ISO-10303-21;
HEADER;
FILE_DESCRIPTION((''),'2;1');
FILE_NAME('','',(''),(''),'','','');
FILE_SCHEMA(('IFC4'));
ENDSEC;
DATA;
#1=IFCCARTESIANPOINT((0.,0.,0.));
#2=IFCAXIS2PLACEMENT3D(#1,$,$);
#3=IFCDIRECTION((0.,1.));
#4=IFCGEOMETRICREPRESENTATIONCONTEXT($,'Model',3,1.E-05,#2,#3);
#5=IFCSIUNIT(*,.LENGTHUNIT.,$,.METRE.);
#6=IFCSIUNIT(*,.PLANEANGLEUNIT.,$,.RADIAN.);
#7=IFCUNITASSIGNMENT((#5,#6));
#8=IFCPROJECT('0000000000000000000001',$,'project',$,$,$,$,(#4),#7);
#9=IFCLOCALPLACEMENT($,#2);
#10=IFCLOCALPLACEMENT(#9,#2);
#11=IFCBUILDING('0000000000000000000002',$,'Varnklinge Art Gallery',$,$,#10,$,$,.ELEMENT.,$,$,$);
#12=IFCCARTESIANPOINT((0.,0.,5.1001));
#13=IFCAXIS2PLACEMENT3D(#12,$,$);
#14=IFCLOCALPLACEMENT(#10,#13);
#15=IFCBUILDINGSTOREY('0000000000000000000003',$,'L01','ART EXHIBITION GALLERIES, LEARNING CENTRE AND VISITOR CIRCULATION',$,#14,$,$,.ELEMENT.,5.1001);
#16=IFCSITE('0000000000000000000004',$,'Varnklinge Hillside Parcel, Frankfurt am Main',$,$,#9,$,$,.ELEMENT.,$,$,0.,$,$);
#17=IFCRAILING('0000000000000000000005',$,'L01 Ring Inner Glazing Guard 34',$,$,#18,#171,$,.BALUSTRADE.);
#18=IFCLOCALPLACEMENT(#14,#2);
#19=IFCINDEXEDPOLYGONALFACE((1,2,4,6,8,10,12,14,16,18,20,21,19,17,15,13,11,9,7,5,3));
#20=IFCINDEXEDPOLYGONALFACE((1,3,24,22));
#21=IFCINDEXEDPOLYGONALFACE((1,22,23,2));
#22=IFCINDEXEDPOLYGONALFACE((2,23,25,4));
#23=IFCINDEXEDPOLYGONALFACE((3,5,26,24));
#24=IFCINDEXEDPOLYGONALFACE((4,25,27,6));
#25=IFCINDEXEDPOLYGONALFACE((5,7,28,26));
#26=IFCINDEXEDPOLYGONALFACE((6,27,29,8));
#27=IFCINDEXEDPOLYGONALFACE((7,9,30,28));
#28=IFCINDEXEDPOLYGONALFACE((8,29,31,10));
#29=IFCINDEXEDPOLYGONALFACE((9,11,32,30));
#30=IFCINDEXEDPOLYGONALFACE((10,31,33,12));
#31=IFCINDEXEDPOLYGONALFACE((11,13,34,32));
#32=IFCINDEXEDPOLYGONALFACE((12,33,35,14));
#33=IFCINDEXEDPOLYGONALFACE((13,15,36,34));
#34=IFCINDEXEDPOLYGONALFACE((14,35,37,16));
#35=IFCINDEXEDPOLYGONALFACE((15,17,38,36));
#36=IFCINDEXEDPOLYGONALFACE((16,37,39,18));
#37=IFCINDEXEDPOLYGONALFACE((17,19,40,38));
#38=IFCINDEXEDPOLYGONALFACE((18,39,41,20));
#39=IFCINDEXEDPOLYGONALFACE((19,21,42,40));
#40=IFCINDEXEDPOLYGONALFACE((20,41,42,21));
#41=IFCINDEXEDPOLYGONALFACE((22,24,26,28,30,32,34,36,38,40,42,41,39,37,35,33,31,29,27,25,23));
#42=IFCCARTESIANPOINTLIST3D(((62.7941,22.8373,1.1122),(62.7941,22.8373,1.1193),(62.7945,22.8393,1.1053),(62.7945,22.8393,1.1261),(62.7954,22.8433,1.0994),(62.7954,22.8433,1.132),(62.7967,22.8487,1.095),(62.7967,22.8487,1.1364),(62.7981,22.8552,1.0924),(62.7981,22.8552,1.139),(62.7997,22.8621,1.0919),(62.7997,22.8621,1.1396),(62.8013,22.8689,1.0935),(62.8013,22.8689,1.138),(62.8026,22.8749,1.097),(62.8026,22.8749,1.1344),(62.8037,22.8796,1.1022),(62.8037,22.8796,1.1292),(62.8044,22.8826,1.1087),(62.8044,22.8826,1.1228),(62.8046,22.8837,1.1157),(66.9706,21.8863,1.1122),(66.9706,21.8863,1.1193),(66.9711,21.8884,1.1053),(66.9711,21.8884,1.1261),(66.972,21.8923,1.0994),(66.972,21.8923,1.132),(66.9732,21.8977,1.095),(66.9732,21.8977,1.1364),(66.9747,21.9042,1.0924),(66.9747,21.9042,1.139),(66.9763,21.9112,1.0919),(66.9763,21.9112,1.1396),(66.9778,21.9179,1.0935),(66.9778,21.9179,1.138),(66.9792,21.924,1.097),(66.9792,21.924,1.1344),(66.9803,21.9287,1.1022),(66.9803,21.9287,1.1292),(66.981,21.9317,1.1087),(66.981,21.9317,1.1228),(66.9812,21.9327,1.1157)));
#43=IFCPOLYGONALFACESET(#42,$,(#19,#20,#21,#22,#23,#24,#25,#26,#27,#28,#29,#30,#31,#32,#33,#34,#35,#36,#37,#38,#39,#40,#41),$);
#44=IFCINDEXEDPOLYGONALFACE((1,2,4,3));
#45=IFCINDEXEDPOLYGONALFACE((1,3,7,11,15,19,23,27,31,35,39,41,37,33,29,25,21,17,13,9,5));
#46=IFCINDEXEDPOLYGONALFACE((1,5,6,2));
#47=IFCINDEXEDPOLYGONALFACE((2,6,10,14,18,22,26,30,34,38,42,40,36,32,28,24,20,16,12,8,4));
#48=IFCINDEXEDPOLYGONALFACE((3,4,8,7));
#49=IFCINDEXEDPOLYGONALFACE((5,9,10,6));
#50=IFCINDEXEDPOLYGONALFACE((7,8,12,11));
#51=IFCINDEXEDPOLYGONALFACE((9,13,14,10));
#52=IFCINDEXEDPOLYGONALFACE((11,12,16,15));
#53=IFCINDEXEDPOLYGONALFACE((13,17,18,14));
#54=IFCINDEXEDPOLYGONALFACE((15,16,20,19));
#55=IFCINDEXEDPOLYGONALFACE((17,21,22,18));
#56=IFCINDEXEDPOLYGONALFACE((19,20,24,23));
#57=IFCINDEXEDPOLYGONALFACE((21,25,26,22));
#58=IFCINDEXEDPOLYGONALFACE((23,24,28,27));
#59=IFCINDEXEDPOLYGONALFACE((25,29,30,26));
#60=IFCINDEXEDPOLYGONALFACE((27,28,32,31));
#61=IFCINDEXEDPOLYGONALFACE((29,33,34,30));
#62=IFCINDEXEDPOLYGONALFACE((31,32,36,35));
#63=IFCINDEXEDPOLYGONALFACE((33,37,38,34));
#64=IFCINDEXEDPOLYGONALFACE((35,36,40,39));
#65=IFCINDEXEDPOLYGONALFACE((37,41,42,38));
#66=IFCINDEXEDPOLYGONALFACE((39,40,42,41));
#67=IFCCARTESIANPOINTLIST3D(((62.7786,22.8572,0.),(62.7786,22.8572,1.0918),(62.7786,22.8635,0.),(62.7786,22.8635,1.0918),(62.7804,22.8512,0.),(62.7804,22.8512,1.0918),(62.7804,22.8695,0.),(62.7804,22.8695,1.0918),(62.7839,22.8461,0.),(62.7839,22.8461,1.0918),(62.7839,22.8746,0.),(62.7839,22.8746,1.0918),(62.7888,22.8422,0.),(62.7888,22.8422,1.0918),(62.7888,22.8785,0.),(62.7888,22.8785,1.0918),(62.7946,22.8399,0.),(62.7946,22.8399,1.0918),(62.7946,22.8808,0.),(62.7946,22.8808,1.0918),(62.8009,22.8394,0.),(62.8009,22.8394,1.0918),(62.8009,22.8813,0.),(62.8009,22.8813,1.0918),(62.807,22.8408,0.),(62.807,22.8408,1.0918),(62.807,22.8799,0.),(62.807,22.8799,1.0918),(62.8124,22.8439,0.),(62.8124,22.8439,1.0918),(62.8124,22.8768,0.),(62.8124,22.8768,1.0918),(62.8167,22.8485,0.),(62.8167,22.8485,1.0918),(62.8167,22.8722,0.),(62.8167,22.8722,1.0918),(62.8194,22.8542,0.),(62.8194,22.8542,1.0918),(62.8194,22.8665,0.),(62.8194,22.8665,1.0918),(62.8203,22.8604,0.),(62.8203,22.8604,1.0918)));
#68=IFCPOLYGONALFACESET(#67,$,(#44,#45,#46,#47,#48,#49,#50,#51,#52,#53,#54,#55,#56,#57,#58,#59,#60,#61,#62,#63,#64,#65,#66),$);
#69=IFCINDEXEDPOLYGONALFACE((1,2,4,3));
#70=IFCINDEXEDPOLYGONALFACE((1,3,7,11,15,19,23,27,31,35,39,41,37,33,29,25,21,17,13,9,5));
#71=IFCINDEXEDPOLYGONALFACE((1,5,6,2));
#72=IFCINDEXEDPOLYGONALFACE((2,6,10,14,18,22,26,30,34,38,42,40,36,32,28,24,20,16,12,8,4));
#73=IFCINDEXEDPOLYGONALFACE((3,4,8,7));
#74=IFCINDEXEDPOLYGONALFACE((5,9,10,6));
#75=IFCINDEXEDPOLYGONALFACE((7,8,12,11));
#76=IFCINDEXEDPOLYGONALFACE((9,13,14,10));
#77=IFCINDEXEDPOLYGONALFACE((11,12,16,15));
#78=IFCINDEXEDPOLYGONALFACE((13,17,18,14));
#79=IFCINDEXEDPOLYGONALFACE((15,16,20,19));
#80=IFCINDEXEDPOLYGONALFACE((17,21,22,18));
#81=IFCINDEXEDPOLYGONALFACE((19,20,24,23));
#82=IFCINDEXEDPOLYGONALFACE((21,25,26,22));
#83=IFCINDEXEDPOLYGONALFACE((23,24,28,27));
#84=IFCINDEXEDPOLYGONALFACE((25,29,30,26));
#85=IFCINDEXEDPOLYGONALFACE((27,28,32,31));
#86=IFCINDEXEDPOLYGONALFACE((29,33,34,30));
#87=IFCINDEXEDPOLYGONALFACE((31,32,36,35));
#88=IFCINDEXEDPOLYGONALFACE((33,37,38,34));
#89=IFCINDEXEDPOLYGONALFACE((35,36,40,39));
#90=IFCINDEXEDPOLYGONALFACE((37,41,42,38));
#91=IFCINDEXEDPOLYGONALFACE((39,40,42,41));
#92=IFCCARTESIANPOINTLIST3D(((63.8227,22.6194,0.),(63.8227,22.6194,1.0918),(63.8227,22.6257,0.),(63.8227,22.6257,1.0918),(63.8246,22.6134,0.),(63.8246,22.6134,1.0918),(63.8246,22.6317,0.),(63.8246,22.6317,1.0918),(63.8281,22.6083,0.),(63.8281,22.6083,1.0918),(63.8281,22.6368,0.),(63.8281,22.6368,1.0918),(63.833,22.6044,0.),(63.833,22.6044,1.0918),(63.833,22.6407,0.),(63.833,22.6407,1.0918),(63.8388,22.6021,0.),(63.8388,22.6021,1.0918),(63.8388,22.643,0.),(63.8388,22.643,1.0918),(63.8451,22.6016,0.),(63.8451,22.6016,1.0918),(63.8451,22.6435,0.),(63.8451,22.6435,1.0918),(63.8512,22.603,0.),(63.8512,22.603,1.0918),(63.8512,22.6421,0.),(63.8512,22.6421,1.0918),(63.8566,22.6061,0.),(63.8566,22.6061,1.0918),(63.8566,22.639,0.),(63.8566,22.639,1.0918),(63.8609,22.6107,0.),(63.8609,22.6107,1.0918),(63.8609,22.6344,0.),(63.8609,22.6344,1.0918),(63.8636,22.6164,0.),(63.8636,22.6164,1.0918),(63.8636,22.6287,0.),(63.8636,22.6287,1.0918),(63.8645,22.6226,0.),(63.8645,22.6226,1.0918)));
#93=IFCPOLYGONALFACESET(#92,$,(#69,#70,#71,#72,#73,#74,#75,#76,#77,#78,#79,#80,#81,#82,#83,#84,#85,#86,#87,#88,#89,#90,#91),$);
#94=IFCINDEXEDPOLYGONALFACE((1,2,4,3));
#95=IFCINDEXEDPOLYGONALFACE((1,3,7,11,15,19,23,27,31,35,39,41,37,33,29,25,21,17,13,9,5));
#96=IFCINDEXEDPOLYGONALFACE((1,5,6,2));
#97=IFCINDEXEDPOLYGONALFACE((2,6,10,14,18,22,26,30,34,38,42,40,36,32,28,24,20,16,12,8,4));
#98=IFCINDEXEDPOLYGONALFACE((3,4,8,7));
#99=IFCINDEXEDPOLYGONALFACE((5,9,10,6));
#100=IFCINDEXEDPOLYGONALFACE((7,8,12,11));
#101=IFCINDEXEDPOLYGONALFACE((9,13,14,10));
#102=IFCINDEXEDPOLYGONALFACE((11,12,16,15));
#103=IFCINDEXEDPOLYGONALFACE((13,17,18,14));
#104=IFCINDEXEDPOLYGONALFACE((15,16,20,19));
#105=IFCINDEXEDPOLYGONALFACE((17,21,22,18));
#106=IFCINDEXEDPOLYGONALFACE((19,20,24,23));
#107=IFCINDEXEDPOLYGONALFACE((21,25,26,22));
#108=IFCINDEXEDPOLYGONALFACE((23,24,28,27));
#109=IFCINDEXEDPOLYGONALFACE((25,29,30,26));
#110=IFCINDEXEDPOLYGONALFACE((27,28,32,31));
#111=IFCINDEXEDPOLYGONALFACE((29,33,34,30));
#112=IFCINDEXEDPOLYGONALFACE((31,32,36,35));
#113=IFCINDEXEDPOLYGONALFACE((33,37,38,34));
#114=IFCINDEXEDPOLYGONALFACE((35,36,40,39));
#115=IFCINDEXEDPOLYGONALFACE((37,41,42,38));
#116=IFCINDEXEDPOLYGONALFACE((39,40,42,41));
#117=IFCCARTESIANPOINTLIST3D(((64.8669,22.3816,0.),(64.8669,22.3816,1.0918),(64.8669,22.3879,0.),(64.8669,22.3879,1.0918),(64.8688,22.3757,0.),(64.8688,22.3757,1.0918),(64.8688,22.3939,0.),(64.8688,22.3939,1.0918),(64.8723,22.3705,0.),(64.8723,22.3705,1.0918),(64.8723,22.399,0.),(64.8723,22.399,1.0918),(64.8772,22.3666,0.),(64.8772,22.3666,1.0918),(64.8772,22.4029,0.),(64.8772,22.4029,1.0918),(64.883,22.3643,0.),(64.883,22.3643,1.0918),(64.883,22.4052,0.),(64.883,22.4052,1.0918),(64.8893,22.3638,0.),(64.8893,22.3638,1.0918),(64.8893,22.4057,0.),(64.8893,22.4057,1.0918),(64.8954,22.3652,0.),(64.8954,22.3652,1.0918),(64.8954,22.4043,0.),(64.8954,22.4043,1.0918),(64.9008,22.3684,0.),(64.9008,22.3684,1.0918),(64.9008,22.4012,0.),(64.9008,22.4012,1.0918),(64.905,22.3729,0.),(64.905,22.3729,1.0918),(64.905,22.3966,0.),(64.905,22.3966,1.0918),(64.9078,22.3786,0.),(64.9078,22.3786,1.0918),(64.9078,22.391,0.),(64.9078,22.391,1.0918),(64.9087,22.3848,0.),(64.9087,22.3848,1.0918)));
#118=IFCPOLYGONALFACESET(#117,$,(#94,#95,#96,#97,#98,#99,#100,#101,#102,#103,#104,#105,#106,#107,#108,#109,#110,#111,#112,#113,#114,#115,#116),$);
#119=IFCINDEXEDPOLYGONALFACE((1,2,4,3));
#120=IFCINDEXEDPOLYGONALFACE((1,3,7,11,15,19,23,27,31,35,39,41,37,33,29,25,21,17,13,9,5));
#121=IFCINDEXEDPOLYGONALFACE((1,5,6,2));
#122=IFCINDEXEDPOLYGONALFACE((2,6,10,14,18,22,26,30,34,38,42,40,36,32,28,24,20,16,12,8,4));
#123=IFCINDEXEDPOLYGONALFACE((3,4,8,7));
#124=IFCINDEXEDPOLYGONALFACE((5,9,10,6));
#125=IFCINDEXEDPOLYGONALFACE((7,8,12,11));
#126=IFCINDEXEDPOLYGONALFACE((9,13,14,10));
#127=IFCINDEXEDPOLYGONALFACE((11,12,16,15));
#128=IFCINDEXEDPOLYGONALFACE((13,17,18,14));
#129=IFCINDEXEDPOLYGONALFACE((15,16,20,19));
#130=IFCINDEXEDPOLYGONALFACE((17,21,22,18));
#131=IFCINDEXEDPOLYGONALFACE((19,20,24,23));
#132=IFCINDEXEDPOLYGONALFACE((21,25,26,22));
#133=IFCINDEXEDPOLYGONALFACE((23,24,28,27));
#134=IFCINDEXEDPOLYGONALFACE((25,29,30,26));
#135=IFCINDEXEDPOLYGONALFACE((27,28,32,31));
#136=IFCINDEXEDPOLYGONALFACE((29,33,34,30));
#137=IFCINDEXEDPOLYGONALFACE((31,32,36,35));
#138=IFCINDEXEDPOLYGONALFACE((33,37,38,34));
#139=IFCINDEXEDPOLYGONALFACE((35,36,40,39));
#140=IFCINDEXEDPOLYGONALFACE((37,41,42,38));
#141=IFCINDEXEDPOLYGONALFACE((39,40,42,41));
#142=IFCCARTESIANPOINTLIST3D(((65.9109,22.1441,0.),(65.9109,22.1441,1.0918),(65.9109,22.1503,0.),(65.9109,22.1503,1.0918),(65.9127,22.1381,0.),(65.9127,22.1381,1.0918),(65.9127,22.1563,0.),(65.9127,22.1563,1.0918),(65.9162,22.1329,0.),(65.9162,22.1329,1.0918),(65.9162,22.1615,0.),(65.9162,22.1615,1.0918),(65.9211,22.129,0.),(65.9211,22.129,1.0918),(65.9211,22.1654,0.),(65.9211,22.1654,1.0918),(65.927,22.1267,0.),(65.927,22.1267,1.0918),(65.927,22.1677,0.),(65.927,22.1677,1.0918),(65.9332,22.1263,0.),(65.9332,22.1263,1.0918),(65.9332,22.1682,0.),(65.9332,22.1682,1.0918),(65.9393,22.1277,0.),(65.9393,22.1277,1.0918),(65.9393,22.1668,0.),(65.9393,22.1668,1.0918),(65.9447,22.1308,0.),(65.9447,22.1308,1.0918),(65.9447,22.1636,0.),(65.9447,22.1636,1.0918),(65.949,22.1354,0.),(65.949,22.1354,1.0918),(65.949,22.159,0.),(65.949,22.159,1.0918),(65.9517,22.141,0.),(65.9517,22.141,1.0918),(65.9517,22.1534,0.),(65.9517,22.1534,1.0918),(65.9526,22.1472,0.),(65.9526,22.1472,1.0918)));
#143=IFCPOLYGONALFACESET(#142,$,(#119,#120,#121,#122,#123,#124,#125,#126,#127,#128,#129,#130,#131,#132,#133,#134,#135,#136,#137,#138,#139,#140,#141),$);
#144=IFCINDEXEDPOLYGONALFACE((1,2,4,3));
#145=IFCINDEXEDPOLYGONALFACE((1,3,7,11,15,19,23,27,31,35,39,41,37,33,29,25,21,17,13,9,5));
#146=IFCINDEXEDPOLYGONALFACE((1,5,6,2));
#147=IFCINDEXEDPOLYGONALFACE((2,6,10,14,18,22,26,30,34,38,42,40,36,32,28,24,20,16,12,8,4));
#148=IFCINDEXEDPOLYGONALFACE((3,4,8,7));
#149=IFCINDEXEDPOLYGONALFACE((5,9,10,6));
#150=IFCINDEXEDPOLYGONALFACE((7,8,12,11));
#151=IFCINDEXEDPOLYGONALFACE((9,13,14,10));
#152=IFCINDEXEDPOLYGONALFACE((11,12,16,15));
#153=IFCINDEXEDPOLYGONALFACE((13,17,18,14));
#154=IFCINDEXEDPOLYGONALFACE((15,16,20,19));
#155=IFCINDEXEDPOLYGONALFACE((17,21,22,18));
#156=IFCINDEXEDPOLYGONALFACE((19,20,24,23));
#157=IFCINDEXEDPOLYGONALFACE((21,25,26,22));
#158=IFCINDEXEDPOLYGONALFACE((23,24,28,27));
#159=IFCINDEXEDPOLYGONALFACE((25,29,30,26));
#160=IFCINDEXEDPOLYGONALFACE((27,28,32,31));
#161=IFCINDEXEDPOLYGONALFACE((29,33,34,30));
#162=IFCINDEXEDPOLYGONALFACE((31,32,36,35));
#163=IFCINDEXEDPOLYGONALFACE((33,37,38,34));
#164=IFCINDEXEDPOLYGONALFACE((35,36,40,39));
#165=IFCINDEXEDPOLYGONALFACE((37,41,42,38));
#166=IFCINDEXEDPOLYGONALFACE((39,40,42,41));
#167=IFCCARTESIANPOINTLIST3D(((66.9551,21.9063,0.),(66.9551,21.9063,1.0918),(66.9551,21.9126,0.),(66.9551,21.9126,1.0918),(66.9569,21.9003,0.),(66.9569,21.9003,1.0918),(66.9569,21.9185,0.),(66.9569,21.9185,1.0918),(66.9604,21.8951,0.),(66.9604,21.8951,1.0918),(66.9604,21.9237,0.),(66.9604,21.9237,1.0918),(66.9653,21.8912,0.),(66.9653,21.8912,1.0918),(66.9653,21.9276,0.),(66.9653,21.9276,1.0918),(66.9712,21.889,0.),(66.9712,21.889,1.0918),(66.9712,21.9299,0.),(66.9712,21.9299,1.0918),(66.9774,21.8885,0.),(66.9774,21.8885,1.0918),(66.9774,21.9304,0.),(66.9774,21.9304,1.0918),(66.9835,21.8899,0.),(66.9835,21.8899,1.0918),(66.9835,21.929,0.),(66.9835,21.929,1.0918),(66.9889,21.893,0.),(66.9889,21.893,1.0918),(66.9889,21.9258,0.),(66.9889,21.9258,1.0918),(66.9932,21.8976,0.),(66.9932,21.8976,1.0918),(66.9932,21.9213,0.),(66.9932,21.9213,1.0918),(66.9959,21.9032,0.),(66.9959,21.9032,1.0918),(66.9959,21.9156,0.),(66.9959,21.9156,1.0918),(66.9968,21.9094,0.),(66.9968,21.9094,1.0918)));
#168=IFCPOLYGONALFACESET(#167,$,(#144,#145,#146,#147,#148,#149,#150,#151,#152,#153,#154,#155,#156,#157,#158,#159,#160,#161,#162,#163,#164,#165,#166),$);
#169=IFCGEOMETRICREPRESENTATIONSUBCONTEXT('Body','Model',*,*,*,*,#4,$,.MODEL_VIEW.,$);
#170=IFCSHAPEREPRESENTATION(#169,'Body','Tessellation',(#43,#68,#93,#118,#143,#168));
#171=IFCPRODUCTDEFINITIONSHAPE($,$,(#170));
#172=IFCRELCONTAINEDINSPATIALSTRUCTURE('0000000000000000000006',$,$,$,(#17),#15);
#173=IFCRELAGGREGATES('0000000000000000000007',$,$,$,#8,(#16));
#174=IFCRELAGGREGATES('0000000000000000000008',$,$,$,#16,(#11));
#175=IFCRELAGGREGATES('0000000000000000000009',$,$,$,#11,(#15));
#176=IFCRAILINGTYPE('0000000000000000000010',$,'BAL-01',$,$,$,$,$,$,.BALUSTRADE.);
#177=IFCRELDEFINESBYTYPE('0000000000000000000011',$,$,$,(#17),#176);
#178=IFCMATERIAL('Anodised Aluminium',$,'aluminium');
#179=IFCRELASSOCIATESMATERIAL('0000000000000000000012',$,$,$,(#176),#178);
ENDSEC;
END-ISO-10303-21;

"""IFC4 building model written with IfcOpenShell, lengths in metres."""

from ifc_helpers import new_model, si_unit, direction, frame, origin, origin_2d, place, context, subcontext, project, spatial, circle, extrude, material, type_object, element, save


model = new_model("IFC4")

# Units and contexts
model_context = context("Model", 3, precision=1e-05, world=origin(), true_north=direction((0.0, 1.0)))
body_context = subcontext(model_context, "Body", "Model", "MODEL_VIEW")
ifc_project = project(units=[si_unit("LENGTHUNIT", "METRE"), si_unit("PLANEANGLEUNIT", "RADIAN")], contexts=[model_context])

# Site, building, storey
site_placement = place(None, origin())
site = spatial("IfcSite", under=ifc_project, at=site_placement, Name="Varnklinge Hillside Parcel, Frankfurt am Main", CompositionType="ELEMENT", RefElevation=0.0)
building_placement = place(site_placement, origin())
building = spatial("IfcBuilding", under=site, at=building_placement, Name="Varnklinge Art Gallery", CompositionType="ELEMENT")
storey_placement = place(building_placement, frame((0.0, 0.0, 5.1001)))
storey = spatial("IfcBuildingStorey", under=building, at=storey_placement, Name="L01", Description="ART EXHIBITION GALLERIES, LEARNING CENTRE AND VISITOR CIRCULATION", CompositionType="ELEMENT", Elevation=5.1001)

# Railing
ifc_material_1 = material(Name="Anodised Aluminium", Category="aluminium")
railing_type = type_object("IfcRailingType", Name="BAL-01", PredefinedType="BALUSTRADE", material=ifc_material_1)
railing_1_placement = place(storey_placement, frame((62.7993, 22.8604, 0.0)))
element("IfcRailing", 1, at=railing_1_placement, inside=storey, type_object=railing_type, Name="L01 Ring Inner Glazing Guard 34", PredefinedType="BALUSTRADE", context=body_context, shape_type="SweptSolid", body=[
    extrude(circle(Radius=0.0239, at=origin_2d()), frame((0.0, 0.0, 1.1157), z_axis=(0.975046, -0.222003, 0.0), x_axis=(0.222003, 0.975046, 0.0)), (0.0, 0.0, 1.0), 4.2834),
    extrude(circle(Radius=0.021, at=origin_2d()), origin(), (0.0, 0.0, 1.0), 1.0918),
    extrude(circle(Radius=0.021, at=origin_2d()), frame((1.0442, -0.2378, 0.0)), (0.0, 0.0, 1.0), 1.0918),
    extrude(circle(Radius=0.021, at=origin_2d()), frame((2.0884, -0.4756, 0.0)), (0.0, 0.0, 1.0), 1.0918),
    extrude(circle(Radius=0.021, at=origin_2d()), frame((3.1323, -0.7131, 0.0)), (0.0, 0.0, 1.0), 1.0918),
    extrude(circle(Radius=0.021, at=origin_2d()), frame((4.1765, -0.9509, 0.0)), (0.0, 0.0, 1.0), 1.0918),
])

save(model, "model.ifc")
